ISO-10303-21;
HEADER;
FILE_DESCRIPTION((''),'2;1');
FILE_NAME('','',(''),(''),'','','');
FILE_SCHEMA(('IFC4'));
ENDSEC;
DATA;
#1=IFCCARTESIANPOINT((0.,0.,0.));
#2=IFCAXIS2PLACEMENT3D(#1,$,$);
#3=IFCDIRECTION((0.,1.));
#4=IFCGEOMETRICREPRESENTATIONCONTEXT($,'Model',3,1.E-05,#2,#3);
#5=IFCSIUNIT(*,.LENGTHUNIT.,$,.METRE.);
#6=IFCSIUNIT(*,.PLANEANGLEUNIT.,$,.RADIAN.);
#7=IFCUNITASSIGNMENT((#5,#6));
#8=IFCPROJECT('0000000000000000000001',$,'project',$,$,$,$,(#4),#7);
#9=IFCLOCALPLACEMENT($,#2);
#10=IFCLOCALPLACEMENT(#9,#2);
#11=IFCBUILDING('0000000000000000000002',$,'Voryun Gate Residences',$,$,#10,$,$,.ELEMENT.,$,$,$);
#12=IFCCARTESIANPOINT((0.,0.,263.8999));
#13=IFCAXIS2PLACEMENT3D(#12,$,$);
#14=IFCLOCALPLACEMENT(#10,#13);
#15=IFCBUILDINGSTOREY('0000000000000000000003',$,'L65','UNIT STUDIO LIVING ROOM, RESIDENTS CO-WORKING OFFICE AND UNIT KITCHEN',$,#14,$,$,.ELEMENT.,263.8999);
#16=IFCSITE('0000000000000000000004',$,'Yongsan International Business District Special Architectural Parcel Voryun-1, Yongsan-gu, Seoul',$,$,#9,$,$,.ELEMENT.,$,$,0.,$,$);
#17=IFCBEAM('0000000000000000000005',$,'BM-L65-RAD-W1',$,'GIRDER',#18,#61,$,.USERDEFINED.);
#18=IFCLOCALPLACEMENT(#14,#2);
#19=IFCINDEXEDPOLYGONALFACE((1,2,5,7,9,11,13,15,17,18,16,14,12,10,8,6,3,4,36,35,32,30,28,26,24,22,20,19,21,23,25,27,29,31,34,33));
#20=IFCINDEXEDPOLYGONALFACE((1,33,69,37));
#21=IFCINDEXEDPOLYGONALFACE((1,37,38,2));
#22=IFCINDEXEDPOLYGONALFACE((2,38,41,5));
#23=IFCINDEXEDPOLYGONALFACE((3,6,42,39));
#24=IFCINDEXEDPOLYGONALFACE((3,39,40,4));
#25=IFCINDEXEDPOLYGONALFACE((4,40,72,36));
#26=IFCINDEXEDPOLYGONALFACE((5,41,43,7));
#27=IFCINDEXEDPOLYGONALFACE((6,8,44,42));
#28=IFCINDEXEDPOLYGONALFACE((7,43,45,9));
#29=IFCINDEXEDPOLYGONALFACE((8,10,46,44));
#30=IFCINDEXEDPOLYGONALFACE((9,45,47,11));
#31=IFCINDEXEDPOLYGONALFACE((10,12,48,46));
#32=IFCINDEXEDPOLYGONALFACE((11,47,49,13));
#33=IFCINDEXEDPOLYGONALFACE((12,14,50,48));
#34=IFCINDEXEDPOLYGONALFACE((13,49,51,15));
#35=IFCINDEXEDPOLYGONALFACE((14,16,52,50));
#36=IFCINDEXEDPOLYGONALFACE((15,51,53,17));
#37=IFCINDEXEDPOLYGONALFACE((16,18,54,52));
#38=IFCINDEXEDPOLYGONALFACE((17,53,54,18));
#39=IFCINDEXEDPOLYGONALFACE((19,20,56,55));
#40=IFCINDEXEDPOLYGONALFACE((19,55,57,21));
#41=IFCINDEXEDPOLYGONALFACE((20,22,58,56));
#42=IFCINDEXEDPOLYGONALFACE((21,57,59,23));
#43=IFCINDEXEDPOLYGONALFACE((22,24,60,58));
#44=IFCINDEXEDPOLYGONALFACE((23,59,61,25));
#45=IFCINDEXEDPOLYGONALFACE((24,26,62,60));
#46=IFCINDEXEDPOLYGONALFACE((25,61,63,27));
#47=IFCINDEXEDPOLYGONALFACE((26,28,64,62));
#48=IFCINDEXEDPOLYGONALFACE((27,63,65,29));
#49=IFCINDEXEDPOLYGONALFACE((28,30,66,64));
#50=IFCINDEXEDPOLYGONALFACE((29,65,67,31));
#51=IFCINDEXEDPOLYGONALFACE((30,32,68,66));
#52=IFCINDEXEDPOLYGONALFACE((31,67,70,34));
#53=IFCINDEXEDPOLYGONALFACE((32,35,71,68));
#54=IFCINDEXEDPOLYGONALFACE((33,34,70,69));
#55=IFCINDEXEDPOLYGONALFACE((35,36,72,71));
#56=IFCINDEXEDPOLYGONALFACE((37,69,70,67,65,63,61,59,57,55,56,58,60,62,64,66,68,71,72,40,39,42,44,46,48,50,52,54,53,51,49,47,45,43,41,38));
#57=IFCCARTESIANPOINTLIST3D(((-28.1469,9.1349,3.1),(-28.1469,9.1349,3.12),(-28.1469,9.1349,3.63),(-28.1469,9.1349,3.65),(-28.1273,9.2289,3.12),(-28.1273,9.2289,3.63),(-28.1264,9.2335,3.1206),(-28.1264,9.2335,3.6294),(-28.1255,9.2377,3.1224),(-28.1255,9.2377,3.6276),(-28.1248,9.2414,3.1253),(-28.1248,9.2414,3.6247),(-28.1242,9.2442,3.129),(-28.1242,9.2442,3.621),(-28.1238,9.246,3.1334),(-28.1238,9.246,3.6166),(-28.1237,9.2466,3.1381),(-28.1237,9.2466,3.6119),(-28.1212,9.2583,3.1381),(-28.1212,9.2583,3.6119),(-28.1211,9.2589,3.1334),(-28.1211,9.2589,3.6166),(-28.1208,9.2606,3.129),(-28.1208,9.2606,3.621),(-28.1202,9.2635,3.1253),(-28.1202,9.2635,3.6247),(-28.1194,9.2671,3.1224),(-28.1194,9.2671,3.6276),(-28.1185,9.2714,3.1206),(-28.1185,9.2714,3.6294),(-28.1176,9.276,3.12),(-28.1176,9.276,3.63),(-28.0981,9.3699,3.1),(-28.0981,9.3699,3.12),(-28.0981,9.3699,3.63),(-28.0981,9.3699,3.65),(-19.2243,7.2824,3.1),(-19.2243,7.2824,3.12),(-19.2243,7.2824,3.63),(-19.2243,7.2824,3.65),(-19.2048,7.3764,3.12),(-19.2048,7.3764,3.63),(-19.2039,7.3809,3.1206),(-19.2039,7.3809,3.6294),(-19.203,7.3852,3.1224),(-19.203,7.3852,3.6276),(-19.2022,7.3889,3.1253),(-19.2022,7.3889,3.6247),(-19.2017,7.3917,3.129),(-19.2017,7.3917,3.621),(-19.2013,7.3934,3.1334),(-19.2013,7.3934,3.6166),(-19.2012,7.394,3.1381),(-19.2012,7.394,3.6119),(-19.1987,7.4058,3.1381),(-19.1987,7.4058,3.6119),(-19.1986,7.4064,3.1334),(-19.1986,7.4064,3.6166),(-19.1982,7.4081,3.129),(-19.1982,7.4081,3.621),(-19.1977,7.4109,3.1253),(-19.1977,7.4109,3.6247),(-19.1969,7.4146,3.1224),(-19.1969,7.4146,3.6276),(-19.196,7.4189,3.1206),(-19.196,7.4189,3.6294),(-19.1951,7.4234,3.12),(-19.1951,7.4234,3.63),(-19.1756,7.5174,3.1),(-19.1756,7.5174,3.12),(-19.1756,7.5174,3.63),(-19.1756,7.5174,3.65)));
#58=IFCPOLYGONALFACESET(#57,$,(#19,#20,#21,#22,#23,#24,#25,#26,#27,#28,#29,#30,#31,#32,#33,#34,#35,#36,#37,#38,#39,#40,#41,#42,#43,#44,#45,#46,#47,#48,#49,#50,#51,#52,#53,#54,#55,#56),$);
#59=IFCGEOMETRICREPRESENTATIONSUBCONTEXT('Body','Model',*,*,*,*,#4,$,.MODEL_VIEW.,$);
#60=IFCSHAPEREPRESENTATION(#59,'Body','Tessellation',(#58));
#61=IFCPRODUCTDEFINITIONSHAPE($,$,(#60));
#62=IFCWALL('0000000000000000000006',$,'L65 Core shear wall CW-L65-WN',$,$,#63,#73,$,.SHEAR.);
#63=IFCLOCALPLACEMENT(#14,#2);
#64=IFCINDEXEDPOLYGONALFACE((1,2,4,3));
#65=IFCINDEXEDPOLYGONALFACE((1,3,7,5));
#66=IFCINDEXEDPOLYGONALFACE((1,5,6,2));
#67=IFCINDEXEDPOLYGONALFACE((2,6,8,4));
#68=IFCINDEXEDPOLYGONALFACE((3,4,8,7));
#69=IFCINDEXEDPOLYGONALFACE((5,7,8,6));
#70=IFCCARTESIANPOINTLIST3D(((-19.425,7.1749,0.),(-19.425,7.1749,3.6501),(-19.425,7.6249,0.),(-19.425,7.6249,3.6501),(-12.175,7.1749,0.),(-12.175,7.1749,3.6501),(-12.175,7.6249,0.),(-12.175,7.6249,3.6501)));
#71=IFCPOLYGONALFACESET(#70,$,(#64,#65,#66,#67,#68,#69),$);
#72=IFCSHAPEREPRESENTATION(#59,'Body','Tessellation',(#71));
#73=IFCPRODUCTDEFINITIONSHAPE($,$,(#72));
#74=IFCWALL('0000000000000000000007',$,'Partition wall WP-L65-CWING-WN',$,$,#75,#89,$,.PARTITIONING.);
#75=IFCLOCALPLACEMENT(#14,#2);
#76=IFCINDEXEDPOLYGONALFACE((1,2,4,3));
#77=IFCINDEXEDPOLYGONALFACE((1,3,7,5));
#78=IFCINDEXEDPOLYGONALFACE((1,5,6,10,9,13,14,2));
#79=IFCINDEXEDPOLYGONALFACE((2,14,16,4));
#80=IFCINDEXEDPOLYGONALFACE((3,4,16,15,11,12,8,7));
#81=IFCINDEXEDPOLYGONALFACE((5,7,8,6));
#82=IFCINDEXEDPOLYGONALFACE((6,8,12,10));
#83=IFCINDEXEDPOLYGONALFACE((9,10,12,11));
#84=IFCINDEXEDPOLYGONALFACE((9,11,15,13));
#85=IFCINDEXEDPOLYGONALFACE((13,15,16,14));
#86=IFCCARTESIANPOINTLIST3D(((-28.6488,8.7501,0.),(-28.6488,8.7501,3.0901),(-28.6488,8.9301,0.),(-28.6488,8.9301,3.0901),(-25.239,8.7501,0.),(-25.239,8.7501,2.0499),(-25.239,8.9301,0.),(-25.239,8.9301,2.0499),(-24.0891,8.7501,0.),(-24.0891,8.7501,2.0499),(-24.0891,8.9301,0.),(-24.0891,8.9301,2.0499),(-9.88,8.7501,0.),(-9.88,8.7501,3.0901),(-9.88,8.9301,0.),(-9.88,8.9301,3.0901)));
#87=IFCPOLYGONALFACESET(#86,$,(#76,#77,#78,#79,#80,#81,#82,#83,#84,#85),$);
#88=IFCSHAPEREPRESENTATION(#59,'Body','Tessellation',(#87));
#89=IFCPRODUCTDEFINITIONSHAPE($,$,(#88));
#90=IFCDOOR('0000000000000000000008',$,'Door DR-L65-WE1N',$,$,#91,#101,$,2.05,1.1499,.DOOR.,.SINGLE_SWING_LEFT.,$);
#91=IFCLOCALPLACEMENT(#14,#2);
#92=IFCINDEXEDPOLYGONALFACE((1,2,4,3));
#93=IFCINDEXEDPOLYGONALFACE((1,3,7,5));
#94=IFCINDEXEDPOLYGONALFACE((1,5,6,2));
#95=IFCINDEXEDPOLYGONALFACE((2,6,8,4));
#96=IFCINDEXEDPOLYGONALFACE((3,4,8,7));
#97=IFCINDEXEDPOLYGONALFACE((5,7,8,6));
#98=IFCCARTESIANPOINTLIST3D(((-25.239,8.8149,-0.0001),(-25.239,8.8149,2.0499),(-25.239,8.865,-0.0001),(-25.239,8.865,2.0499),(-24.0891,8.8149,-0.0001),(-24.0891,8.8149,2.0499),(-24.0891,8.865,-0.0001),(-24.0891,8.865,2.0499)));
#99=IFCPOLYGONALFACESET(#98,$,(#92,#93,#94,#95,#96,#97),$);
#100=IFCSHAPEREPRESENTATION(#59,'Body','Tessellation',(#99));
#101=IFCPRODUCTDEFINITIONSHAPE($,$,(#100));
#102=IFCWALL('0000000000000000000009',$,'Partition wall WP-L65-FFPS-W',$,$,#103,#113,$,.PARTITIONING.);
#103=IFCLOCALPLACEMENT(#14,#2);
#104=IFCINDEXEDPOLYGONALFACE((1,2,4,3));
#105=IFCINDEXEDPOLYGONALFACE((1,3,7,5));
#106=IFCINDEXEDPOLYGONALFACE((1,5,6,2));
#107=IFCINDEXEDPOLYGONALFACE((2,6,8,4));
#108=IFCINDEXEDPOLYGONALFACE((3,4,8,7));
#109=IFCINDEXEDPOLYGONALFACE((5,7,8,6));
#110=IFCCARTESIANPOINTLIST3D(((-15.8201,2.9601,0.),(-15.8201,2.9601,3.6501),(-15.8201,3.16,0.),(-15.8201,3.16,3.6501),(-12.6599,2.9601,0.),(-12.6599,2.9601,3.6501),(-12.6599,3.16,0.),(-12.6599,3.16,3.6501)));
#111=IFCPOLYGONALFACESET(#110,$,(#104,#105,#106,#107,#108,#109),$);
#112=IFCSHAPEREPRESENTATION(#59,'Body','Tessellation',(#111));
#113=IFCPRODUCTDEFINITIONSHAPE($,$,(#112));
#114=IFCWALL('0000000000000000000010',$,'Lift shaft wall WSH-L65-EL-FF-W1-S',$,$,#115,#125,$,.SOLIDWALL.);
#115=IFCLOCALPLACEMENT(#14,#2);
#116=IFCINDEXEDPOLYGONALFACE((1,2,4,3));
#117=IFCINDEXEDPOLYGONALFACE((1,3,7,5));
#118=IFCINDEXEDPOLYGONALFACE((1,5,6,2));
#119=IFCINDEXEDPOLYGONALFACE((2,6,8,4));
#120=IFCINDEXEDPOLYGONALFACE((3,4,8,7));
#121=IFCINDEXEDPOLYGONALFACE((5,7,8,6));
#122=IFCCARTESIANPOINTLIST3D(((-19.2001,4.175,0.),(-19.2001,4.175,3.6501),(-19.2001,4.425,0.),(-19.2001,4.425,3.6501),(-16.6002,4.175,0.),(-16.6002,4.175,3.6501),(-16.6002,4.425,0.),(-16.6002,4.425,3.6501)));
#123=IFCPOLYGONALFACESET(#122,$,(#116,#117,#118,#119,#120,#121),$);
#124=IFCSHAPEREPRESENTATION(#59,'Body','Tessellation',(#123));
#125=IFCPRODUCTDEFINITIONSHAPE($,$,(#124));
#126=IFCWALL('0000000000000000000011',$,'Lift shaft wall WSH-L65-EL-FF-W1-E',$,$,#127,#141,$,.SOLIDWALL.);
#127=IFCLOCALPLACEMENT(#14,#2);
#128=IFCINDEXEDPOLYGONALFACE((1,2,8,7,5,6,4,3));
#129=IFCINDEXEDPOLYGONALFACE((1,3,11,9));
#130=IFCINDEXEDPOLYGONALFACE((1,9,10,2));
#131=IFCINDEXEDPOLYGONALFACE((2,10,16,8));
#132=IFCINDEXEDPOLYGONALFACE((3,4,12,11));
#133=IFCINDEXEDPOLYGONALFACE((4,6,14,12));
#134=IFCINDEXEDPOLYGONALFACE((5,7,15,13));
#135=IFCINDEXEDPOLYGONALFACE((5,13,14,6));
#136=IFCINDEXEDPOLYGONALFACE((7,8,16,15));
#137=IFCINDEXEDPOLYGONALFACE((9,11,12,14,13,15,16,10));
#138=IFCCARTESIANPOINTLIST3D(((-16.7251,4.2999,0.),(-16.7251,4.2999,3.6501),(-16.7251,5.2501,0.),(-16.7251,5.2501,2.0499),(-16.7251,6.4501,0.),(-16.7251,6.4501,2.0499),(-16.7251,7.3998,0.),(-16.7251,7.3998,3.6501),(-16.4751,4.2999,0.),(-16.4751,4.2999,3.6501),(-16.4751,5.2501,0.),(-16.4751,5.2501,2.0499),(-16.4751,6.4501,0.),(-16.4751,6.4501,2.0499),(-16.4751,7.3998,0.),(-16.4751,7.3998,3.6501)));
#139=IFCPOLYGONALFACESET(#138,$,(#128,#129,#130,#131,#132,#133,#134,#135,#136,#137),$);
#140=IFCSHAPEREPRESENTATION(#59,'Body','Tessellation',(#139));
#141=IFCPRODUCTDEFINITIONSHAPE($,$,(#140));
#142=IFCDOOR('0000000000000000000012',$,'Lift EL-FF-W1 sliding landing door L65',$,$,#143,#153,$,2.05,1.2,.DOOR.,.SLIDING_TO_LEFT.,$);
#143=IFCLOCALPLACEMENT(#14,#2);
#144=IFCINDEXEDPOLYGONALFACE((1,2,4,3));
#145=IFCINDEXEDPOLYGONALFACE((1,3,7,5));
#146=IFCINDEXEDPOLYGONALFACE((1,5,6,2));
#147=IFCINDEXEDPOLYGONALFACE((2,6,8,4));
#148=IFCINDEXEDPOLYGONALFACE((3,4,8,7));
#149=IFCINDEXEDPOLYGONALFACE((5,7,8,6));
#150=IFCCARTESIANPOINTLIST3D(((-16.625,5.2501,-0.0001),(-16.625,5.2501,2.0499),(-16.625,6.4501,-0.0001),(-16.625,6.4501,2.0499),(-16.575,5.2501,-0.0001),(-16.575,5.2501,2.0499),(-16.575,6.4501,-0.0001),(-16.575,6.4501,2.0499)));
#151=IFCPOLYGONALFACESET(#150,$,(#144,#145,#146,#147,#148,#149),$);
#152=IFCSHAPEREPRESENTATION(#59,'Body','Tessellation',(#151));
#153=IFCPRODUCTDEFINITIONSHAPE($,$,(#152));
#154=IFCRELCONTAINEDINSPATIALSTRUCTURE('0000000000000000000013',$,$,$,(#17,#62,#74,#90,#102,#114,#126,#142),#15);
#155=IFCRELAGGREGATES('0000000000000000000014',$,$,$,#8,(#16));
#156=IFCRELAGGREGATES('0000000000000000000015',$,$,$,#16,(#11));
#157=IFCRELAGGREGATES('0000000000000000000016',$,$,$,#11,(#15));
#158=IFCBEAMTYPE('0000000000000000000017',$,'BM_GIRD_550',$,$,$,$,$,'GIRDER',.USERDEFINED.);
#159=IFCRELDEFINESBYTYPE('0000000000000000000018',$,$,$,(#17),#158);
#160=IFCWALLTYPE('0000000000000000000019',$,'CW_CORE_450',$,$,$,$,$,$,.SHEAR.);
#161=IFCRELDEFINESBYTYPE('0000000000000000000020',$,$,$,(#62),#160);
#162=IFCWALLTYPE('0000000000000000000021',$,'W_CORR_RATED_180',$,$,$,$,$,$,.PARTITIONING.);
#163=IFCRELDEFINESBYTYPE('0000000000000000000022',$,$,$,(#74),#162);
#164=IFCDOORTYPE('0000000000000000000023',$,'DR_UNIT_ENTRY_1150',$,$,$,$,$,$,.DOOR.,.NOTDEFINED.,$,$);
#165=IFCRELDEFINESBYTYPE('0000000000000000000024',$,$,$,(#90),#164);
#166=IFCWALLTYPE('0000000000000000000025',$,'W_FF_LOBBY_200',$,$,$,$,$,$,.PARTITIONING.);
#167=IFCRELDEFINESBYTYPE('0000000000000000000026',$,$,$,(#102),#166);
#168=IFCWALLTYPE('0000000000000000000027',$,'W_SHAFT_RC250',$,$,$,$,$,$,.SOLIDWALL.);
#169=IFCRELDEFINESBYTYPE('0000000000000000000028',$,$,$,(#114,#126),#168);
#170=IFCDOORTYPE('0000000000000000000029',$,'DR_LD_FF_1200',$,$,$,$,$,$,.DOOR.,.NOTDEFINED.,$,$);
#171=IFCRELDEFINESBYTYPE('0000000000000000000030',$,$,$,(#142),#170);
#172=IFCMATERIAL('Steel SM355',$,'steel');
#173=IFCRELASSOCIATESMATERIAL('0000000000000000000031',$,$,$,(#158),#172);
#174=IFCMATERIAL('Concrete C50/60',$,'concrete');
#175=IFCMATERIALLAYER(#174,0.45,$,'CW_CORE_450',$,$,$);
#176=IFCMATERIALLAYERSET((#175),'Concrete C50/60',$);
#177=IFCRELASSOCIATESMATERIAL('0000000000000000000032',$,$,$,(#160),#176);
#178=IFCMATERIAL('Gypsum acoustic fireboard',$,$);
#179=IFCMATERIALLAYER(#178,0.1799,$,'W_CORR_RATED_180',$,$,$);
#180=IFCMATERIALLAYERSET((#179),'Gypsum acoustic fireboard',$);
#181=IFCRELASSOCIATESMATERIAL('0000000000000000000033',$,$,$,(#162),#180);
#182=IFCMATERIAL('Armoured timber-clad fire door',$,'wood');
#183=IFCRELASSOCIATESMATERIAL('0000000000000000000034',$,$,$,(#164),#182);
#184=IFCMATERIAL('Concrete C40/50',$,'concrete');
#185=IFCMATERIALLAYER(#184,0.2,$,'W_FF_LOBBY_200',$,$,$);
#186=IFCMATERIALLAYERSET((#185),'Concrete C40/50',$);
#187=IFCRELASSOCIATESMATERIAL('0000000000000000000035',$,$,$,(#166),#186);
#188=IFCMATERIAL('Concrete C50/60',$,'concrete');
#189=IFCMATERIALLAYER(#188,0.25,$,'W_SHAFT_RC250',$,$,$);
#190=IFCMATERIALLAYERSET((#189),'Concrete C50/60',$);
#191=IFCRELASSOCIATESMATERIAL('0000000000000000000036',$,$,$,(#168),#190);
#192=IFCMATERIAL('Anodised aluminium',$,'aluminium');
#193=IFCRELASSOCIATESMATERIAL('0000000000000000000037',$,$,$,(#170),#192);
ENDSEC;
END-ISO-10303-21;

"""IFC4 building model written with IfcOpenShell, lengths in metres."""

from ifc_helpers import new_model, si_unit, direction, frame, frame_2d, origin, origin_2d, place, context, subcontext, project, spatial, rectangle, i_section, extrude, material, layer, layer_set, material_profile, profile_set, type_object, element, fill, save


model = new_model("IFC4")

# Units and contexts
model_context = context("Model", 3, precision=1e-05, world=origin(), true_north=direction((0.0, 1.0)))
body_context = subcontext(model_context, "Body", "Model", "MODEL_VIEW")
ifc_project = project(units=[si_unit("LENGTHUNIT", "METRE"), si_unit("PLANEANGLEUNIT", "RADIAN")], contexts=[model_context])

# Site, building, storey
site_placement = place(None, origin())
site = spatial("IfcSite", under=ifc_project, at=site_placement, Name="Yongsan International Business District Special Architectural Parcel Voryun-1, Yongsan-gu, Seoul", CompositionType="ELEMENT", RefElevation=0.0)
building_placement = place(site_placement, origin())
building = spatial("IfcBuilding", under=site, at=building_placement, Name="Voryun Gate Residences", CompositionType="ELEMENT")
storey_placement = place(building_placement, frame((0.0, 0.0, 263.8999)))
storey = spatial("IfcBuildingStorey", under=building, at=storey_placement, Name="L65", Description="UNIT STUDIO LIVING ROOM, RESIDENTS CO-WORKING OFFICE AND UNIT KITCHEN", CompositionType="ELEMENT", Elevation=263.8999)

# Beam
ifc_material_1 = material(Name="Steel SM355", Category="steel")
ifc_material_profile_1 = material_profile(ifc_material_1, i_section(OverallWidth=0.24, OverallDepth=0.55, WebThickness=0.012, FlangeThickness=0.02, FilletRadius=0.0181, at=origin_2d()), Name="H-550x240x12x20")
ifc_profile_set_1 = profile_set([ifc_material_profile_1], Name="Steel SM355")
beam_type_1 = type_object("IfcBeamType", Name="BM_GIRD_550", ElementType="GIRDER", PredefinedType="USERDEFINED", material=ifc_profile_set_1)
beam_1_placement = place(storey_placement, frame((-19.2, 7.3999, 3.375), z_axis=(-0.979119, 0.203288, 0.0), x_axis=(-0.203288, -0.979119, 0.0)))
element("IfcBeam", 1, at=beam_1_placement, inside=storey, type_object=beam_type_1, Name="BM-L65-RAD-W1", ObjectType="GIRDER", PredefinedType="USERDEFINED", context=body_context, shape_type="SweptSolid", body=[
    extrude(i_section(OverallWidth=0.24, OverallDepth=0.55, WebThickness=0.012, FlangeThickness=0.02, FilletRadius=0.0181, at=origin_2d()), origin(), (0.0, 0.0, 1.0), 9.1128),
])

# Wall
ifc_material_2 = material(Name="Concrete C50/60", Category="concrete")
ifc_layer_1 = layer(ifc_material_2, 0.45, Name="CW_CORE_450")
ifc_layer_set_1 = layer_set([ifc_layer_1], Name="Concrete C50/60")
wall_type_1 = type_object("IfcWallType", Name="CW_CORE_450", PredefinedType="SHEAR", material=ifc_layer_set_1)
wall_1_placement = place(storey_placement, frame((-19.425, 7.3999, 0.0), z_axis=(0.0, 0.0, 1.0), x_axis=(1.0, 0.0, 0.0)))
element("IfcWall", 2, at=wall_1_placement, inside=storey, type_object=wall_type_1, Name="L65 Core shear wall CW-L65-WN", PredefinedType="SHEAR", context=body_context, shape_type="SweptSolid", body=[
    extrude(rectangle(XDim=7.25, YDim=0.45, at=frame_2d((3.625, 0.0))), origin(), (0.0, 0.0, 1.0), 3.6501),
])

# Wall, opening, door
ifc_material_3 = material(Name="Gypsum acoustic fireboard")
ifc_layer_2 = layer(ifc_material_3, 0.1799, Name="W_CORR_RATED_180")
ifc_layer_set_2 = layer_set([ifc_layer_2], Name="Gypsum acoustic fireboard")
wall_type_2 = type_object("IfcWallType", Name="W_CORR_RATED_180", PredefinedType="PARTITIONING", material=ifc_layer_set_2)
wall_2_placement = place(storey_placement, frame((-28.6487, 8.8401, 0.0), z_axis=(0.0, 0.0, 1.0), x_axis=(1.0, 0.0, 0.0)))
wall_2 = element("IfcWall", 3, at=wall_2_placement, inside=storey, type_object=wall_type_2, Name="Partition wall WP-L65-CWING-WN", PredefinedType="PARTITIONING", context=body_context, shape_type="SweptSolid", body=[
    extrude(rectangle(XDim=18.7688, YDim=0.1799, at=frame_2d((9.3843, 0.0))), origin(), (0.0, 0.0, 1.0), 3.0901),
])
opening_1_placement = place(wall_2_placement, frame((3.4097, 0.0, 0.0)))
opening_1 = element("IfcOpeningElement", 4, at=opening_1_placement, cuts=wall_2, PredefinedType="OPENING", context=body_context, shape_type="SweptSolid", body=[
    extrude(rectangle(XDim=1.1499, YDim=2.05, at=frame_2d((0.575, 1.0249))), frame((0.0, 0.0999, 0.0), z_axis=(0.0, -1.0, 0.0), x_axis=(1.0, 0.0, 0.0)), (0.0, 0.0, 1.0), 0.2),
])
ifc_material_4 = material(Name="Armoured timber-clad fire door", Category="wood")
door_type_1 = type_object("IfcDoorType", Name="DR_UNIT_ENTRY_1150", OperationType="NOTDEFINED", PredefinedType="DOOR", material=ifc_material_4)
door_1_placement = place(opening_1_placement, origin())
door_1 = element("IfcDoor", 5, at=door_1_placement, inside=storey, type_object=door_type_1, Name="Door DR-L65-WE1N", OperationType="SINGLE_SWING_LEFT", OverallHeight=2.05, OverallWidth=1.1499, PredefinedType="DOOR", context=body_context, shape_type="SweptSolid", body=[
    extrude(rectangle(XDim=1.1499, YDim=2.05, at=frame_2d((0.575, 1.0249))), frame((0.0, 0.0249, 0.0), z_axis=(0.0, -1.0, 0.0), x_axis=(1.0, 0.0, 0.0)), (0.0, 0.0, 1.0), 0.05),
])
fill(opening_1, door_1)

# Walls
ifc_material_5 = material(Name="Concrete C40/50", Category="concrete")
ifc_layer_3 = layer(ifc_material_5, 0.2, Name="W_FF_LOBBY_200")
ifc_layer_set_3 = layer_set([ifc_layer_3], Name="Concrete C40/50")
wall_type_3 = type_object("IfcWallType", Name="W_FF_LOBBY_200", PredefinedType="PARTITIONING", material=ifc_layer_set_3)
wall_3_placement = place(storey_placement, frame((-15.8201, 3.0601, 0.0), z_axis=(0.0, 0.0, 1.0), x_axis=(1.0, 0.0, 0.0)))
element("IfcWall", 6, at=wall_3_placement, inside=storey, type_object=wall_type_3, Name="Partition wall WP-L65-FFPS-W", PredefinedType="PARTITIONING", context=body_context, shape_type="SweptSolid", body=[
    extrude(rectangle(XDim=3.1602, YDim=0.2, at=frame_2d((1.5801, 0.0))), origin(), (0.0, 0.0, 1.0), 3.6501),
])
ifc_material_6 = material(Name="Concrete C50/60", Category="concrete")
ifc_layer_4 = layer(ifc_material_6, 0.25, Name="W_SHAFT_RC250")
ifc_layer_set_4 = layer_set([ifc_layer_4], Name="Concrete C50/60")
wall_type_4 = type_object("IfcWallType", Name="W_SHAFT_RC250", PredefinedType="SOLIDWALL", material=ifc_layer_set_4)
wall_4_placement = place(storey_placement, frame((-19.2, 4.3, 0.0), z_axis=(0.0, 0.0, 1.0), x_axis=(1.0, 0.0, 0.0)))
element("IfcWall", 7, at=wall_4_placement, inside=storey, type_object=wall_type_4, Name="Lift shaft wall WSH-L65-EL-FF-W1-S", PredefinedType="SOLIDWALL", context=body_context, shape_type="SweptSolid", body=[
    extrude(rectangle(XDim=2.5999, YDim=0.25, at=frame_2d((1.2998, 0.0))), origin(), (0.0, 0.0, 1.0), 3.6501),
])

# Wall, opening, door
wall_5_placement = place(storey_placement, frame((-16.6001, 4.3, 0.0), z_axis=(0.0, 0.0, 1.0), x_axis=(0.0, 1.0, 0.0)))
wall_5 = element("IfcWall", 8, at=wall_5_placement, inside=storey, type_object=wall_type_4, Name="Lift shaft wall WSH-L65-EL-FF-W1-E", PredefinedType="SOLIDWALL", context=body_context, shape_type="SweptSolid", body=[
    extrude(rectangle(XDim=3.0999, YDim=0.25, at=frame_2d((1.5498, 0.0))), origin(), (0.0, 0.0, 1.0), 3.6501),
])
opening_2_placement = place(wall_5_placement, frame((0.95, 0.0, 0.0)))
opening_2 = element("IfcOpeningElement", 9, at=opening_2_placement, cuts=wall_5, PredefinedType="OPENING", context=body_context, shape_type="SweptSolid", body=[
    extrude(rectangle(XDim=1.2, YDim=2.05, at=frame_2d((0.6001, 1.0249))), frame((0.0, 0.135, 0.0), z_axis=(0.0, -1.0, 0.0), x_axis=(1.0, 0.0, 0.0)), (0.0, 0.0, 1.0), 0.27),
])
ifc_material_7 = material(Name="Anodised aluminium", Category="aluminium")
door_type_2 = type_object("IfcDoorType", Name="DR_LD_FF_1200", OperationType="NOTDEFINED", PredefinedType="DOOR", material=ifc_material_7)
door_2_placement = place(opening_2_placement, origin())
door_2 = element("IfcDoor", 10, at=door_2_placement, inside=storey, type_object=door_type_2, Name="Lift EL-FF-W1 sliding landing door L65", OperationType="SLIDING_TO_LEFT", OverallHeight=2.05, OverallWidth=1.2, PredefinedType="DOOR", context=body_context, shape_type="SweptSolid", body=[
    extrude(rectangle(XDim=1.2, YDim=2.05, at=frame_2d((0.6001, 1.0249))), frame((0.0, 0.0249, 0.0), z_axis=(0.0, -1.0, 0.0), x_axis=(1.0, 0.0, 0.0)), (0.0, 0.0, 1.0), 0.05),
])
fill(opening_2, door_2)

save(model, "model.ifc")
